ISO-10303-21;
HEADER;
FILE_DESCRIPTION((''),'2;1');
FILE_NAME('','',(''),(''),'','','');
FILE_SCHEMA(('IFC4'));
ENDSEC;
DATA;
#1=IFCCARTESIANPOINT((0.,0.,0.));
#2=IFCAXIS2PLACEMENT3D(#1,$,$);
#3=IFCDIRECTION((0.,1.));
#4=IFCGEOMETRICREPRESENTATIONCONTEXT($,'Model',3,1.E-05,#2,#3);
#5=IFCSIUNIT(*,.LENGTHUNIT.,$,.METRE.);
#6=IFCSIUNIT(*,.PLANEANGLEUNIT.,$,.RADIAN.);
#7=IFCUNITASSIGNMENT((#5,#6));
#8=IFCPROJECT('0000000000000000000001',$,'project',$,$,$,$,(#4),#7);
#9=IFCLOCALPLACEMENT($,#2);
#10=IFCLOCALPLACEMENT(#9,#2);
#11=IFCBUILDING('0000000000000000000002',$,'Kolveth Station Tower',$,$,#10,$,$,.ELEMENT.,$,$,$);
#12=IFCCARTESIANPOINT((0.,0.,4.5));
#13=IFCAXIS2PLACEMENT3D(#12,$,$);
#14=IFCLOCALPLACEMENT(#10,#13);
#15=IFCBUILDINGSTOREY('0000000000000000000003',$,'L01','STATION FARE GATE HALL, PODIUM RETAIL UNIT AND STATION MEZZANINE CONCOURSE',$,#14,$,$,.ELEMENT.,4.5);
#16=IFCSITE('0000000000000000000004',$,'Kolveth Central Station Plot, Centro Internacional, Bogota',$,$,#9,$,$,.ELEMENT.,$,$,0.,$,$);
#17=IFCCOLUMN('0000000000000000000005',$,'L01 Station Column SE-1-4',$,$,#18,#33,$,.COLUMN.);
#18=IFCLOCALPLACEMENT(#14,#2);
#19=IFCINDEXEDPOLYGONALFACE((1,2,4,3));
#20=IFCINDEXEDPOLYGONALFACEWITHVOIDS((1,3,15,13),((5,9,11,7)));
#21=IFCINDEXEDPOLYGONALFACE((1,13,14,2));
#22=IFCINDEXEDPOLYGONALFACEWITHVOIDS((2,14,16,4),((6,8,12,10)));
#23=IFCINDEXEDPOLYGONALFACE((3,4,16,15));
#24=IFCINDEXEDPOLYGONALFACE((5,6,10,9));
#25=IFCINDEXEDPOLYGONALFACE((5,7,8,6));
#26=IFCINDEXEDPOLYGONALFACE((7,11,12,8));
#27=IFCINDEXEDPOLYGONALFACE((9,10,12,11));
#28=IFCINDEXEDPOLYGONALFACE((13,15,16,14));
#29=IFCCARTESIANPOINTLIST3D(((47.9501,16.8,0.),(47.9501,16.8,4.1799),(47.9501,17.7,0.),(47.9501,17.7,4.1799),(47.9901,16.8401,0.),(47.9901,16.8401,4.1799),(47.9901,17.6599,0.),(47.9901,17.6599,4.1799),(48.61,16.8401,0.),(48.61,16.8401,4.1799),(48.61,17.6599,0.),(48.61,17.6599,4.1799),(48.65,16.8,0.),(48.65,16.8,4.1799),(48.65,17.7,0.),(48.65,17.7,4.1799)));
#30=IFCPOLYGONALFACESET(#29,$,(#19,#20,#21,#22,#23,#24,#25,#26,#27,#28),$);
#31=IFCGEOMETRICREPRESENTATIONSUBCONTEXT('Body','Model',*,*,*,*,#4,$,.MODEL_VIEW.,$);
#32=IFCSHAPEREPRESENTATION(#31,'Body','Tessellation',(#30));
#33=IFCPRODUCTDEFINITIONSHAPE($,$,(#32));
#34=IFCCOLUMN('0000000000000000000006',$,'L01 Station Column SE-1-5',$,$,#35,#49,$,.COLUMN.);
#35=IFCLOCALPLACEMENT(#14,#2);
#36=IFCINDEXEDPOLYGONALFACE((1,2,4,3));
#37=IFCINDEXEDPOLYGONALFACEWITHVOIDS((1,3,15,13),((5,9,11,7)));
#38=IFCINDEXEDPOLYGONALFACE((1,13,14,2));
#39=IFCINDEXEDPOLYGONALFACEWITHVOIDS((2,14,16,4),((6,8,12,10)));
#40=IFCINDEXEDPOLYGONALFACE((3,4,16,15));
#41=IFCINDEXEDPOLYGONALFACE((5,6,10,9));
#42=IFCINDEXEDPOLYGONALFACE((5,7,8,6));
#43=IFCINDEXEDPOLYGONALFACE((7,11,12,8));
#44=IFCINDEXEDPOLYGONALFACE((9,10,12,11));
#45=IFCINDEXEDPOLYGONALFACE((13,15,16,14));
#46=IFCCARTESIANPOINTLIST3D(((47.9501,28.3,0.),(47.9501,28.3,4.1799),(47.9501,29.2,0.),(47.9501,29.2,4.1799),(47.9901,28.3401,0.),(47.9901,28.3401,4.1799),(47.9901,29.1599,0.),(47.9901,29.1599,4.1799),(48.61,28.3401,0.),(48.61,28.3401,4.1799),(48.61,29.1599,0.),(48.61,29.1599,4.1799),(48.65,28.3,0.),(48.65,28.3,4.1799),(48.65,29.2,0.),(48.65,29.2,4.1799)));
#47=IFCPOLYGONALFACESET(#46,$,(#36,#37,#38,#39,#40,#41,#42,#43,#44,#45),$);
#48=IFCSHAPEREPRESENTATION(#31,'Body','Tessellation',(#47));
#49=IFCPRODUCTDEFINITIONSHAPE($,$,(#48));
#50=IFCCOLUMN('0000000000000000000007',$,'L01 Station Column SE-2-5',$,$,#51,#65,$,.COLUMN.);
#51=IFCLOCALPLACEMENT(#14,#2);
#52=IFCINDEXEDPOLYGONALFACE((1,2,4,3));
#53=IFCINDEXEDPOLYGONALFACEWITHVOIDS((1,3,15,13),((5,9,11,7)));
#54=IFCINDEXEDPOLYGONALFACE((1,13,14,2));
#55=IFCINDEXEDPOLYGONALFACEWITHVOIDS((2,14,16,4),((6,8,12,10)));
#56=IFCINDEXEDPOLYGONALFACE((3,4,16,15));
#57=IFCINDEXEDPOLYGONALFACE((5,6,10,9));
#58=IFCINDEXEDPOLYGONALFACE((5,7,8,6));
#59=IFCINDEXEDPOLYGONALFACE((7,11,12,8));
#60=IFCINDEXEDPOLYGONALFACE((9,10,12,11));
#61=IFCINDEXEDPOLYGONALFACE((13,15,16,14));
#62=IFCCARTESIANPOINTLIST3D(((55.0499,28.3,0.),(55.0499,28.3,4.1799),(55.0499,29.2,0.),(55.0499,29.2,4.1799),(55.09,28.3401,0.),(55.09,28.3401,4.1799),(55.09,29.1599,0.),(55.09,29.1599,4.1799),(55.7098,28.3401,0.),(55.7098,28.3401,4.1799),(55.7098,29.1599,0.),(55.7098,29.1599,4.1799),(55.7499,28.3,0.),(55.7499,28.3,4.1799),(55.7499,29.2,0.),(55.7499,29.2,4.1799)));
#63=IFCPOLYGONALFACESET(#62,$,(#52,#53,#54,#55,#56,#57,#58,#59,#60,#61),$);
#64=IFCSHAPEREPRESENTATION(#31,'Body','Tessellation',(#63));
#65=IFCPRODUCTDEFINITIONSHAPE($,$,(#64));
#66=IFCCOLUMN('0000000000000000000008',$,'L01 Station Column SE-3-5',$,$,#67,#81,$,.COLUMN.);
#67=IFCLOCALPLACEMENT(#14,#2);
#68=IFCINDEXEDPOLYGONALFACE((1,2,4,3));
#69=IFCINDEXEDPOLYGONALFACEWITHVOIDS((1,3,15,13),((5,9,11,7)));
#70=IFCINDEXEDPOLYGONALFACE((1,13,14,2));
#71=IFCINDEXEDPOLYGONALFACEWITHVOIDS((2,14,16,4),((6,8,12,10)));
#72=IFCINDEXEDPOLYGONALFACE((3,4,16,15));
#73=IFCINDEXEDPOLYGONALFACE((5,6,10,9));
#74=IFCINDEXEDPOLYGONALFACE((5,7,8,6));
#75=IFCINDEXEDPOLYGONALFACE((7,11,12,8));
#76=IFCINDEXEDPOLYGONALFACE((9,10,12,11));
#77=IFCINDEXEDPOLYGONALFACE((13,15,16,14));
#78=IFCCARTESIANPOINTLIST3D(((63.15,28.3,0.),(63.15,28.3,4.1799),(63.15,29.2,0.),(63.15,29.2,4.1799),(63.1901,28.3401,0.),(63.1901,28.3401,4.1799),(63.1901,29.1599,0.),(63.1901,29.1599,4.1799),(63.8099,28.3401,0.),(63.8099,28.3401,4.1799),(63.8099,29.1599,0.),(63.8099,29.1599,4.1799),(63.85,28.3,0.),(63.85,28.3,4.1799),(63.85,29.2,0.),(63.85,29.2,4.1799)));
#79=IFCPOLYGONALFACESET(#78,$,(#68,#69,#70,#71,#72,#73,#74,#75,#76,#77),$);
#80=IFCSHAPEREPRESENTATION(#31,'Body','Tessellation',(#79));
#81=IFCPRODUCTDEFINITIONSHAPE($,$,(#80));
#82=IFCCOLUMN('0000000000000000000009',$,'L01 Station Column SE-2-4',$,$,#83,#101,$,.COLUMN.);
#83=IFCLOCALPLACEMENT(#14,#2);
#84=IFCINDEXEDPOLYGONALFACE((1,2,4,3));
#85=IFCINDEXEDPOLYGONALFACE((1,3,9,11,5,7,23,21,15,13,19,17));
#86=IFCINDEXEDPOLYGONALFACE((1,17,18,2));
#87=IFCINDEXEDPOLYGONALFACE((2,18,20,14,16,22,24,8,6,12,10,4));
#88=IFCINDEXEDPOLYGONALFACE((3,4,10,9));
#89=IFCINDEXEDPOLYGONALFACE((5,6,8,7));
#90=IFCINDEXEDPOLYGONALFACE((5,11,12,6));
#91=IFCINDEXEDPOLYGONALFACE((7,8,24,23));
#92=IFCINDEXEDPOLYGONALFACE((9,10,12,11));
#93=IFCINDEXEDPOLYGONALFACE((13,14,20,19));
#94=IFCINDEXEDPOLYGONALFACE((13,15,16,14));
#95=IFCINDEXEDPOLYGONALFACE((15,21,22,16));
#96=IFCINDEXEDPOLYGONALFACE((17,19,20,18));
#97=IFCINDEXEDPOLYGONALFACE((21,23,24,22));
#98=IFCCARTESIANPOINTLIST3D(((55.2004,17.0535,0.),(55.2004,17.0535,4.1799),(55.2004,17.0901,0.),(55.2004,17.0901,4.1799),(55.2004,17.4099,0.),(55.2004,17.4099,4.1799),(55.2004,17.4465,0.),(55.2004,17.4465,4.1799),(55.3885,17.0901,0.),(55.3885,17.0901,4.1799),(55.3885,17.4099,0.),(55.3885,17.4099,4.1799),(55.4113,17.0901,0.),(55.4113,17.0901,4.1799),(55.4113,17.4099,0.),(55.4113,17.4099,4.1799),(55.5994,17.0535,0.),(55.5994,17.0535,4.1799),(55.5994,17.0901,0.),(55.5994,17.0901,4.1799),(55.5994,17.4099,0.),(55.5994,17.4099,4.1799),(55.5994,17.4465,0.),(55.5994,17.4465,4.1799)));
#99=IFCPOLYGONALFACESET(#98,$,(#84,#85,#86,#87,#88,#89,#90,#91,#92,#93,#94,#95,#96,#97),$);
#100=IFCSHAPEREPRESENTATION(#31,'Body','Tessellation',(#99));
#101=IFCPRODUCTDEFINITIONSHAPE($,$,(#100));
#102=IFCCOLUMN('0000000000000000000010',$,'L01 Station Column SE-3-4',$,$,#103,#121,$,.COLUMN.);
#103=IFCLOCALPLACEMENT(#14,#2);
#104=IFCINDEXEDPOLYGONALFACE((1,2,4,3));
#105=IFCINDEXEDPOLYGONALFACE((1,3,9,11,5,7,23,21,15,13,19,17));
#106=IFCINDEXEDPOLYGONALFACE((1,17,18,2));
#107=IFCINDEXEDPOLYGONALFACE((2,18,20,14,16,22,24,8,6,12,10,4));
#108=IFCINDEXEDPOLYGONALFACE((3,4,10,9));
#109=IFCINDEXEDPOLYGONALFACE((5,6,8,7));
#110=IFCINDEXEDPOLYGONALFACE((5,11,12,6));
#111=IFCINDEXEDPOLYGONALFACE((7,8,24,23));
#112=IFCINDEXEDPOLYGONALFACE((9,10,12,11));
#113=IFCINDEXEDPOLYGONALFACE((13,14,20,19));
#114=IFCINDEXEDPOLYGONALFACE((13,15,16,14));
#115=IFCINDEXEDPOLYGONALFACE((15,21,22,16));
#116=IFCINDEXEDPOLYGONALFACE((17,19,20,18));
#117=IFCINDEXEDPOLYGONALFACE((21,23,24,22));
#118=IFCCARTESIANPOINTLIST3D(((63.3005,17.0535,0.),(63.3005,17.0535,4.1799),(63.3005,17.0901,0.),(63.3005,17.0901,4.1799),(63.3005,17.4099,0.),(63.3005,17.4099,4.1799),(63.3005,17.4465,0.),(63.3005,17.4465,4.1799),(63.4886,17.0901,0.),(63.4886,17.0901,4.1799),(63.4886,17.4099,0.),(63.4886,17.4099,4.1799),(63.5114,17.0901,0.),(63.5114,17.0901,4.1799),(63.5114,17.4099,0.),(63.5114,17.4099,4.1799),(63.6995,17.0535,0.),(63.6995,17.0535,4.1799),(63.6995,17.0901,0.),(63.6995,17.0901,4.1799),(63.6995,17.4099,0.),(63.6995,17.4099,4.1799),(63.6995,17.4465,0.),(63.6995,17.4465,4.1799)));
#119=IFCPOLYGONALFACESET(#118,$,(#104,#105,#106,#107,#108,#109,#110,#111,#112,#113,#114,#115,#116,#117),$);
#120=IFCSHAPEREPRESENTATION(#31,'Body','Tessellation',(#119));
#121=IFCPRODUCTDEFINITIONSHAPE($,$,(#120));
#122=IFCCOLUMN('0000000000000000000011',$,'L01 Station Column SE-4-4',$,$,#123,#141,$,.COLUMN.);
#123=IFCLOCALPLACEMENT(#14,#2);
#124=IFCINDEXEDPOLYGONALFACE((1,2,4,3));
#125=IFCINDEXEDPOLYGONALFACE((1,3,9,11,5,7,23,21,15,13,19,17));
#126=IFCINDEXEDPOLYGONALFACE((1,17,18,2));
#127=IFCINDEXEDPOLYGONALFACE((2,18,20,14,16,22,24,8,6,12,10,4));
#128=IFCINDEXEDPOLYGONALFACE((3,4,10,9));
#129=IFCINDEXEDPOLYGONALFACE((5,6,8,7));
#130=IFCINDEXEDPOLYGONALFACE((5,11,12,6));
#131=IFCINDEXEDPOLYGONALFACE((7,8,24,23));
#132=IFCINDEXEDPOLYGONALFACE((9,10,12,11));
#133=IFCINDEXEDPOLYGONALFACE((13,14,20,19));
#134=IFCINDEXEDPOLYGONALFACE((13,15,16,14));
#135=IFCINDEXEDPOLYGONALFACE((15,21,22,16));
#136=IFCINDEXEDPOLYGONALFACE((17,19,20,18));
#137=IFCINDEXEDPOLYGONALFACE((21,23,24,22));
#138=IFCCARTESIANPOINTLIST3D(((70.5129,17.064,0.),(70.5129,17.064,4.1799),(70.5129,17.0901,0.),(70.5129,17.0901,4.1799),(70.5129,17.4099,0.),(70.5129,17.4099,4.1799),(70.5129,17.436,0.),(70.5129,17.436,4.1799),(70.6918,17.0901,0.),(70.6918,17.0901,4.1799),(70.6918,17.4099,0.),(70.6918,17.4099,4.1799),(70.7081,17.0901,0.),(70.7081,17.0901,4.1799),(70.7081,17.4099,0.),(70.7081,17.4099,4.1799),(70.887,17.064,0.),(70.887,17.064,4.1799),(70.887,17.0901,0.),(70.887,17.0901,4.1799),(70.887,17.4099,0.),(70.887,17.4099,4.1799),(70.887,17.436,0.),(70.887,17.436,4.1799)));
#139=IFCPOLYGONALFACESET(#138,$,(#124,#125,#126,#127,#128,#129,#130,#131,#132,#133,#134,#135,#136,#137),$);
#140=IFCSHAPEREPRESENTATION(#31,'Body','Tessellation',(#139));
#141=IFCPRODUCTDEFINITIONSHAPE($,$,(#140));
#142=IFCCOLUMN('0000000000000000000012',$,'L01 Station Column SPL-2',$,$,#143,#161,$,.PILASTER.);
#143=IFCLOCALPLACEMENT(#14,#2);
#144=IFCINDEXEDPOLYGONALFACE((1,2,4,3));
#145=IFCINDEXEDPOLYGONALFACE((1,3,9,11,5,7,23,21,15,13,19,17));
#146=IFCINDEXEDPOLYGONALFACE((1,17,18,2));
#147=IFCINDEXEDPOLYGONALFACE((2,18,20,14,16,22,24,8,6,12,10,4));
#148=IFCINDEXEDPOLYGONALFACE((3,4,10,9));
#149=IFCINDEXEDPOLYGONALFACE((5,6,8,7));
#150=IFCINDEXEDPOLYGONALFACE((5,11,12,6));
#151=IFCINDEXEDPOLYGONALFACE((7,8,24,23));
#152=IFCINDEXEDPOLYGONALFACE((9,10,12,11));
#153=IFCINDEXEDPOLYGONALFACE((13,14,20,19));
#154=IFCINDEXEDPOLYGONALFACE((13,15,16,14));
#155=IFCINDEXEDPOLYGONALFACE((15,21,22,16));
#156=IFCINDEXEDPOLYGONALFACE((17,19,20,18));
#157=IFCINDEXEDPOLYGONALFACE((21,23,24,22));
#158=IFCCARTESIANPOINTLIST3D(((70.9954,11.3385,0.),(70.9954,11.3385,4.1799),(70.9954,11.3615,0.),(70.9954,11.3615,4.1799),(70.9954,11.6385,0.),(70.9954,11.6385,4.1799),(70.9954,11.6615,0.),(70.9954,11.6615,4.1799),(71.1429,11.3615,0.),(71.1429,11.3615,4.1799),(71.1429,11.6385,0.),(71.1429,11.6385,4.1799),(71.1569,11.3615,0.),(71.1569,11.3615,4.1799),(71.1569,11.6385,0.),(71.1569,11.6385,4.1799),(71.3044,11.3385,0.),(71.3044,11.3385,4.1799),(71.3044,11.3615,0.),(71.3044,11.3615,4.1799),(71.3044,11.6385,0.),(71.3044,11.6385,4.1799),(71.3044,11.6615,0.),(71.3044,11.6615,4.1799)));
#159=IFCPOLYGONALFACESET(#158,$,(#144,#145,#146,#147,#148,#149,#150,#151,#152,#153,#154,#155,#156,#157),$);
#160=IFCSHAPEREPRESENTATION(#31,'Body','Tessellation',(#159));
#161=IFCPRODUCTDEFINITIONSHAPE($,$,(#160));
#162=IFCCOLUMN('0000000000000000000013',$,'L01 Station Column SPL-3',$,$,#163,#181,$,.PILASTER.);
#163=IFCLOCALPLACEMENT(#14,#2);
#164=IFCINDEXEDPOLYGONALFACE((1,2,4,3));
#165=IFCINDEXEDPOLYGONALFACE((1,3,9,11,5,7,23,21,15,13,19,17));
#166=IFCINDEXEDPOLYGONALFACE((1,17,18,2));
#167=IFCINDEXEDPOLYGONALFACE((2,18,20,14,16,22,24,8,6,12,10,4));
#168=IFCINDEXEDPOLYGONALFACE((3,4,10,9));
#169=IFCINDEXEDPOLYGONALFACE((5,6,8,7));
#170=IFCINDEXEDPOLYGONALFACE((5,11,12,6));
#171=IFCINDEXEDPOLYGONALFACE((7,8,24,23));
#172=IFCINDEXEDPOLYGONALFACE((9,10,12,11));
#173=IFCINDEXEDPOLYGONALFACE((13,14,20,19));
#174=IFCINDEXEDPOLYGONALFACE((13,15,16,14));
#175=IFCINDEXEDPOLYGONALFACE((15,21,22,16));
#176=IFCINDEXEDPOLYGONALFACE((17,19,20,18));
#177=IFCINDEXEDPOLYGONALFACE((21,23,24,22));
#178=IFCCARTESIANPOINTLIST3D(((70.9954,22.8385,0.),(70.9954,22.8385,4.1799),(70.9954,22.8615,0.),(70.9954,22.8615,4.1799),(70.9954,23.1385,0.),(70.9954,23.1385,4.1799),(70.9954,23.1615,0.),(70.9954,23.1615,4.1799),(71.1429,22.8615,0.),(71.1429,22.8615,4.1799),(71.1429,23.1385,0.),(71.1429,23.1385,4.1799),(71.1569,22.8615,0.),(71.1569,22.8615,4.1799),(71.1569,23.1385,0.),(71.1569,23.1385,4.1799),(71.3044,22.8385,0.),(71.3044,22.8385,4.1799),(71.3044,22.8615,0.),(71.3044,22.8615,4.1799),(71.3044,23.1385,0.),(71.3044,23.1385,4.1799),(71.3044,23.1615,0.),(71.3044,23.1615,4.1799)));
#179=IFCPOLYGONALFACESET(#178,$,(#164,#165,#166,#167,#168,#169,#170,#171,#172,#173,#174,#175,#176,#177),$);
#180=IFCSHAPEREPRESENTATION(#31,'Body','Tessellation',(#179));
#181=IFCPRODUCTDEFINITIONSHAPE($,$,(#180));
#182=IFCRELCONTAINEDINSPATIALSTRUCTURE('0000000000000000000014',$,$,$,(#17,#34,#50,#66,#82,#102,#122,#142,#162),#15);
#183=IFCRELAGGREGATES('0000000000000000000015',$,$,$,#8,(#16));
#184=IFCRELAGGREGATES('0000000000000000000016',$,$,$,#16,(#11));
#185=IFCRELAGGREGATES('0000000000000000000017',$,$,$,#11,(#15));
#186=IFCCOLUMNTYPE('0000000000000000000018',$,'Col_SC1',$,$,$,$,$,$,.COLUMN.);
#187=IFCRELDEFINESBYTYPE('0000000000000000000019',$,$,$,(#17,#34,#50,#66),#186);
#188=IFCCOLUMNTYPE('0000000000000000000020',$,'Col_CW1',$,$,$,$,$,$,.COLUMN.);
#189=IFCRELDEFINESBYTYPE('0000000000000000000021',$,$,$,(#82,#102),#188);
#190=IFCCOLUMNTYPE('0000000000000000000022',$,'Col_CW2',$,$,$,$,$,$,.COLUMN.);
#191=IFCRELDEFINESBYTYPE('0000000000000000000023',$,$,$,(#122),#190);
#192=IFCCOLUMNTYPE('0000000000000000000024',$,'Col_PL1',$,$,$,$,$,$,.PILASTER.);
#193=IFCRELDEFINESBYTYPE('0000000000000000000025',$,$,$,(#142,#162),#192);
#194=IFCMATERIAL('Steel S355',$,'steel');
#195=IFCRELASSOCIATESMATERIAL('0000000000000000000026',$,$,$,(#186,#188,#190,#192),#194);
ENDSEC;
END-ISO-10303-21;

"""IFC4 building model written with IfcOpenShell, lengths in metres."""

from ifc_helpers import new_model, si_unit, direction, frame, origin, origin_2d, place, context, subcontext, project, spatial, hollow_rectangle, i_section, extrude, source, transform, mapped, material, material_profile, profile_set, type_object, element, save


model = new_model("IFC4")

# Units and contexts
model_context = context("Model", 3, precision=1e-05, world=origin(), true_north=direction((0.0, 1.0)))
body_context = subcontext(model_context, "Body", "Model", "MODEL_VIEW")
ifc_project = project(units=[si_unit("LENGTHUNIT", "METRE"), si_unit("PLANEANGLEUNIT", "RADIAN")], contexts=[model_context])

# Site, building, storey
site_placement = place(None, origin())
site = spatial("IfcSite", under=ifc_project, at=site_placement, Name="Kolveth Central Station Plot, Centro Internacional, Bogota", CompositionType="ELEMENT", RefElevation=0.0)
building_placement = place(site_placement, origin())
building = spatial("IfcBuilding", under=site, at=building_placement, Name="Kolveth Station Tower", CompositionType="ELEMENT")
storey_placement = place(building_placement, frame((0.0, 0.0, 4.5)))
storey = spatial("IfcBuildingStorey", under=building, at=storey_placement, Name="L01", Description="STATION FARE GATE HALL, PODIUM RETAIL UNIT AND STATION MEZZANINE CONCOURSE", CompositionType="ELEMENT", Elevation=4.5)

# Columns
ifc_material_1 = material(Name="Steel S355", Category="steel")
ifc_material_profile_1 = material_profile(ifc_material_1, hollow_rectangle(XDim=0.7, YDim=0.8999, WallThickness=0.04, at=origin_2d()), Name="BOX900x700x40")
ifc_profile_set_1 = profile_set([ifc_material_profile_1], Name="Steel S355")
column_type_1 = type_object("IfcColumnType", Name="Col_SC1", PredefinedType="COLUMN", material=ifc_profile_set_1)
shared_shape_1 = source(origin(), body_context, "Body", "SweptSolid", [
    extrude(hollow_rectangle(XDim=0.7, YDim=0.8999, WallThickness=0.04, at=origin_2d()), origin(), (0.0, 0.0, 1.0), 4.1799),
])
for number, where, z_axis, x_axis, name in (
    (1, (48.3, 17.25, 0.0), (0.0, 0.0, 1.0), (1.0, 0.0, 0.0), "L01 Station Column SE-1-4"),
    (2, (48.3, 28.75, 0.0), (0.0, 0.0, 1.0), (1.0, 0.0, 0.0), "L01 Station Column SE-1-5"),
    (3, (55.3999, 28.75, 0.0), (0.0, 0.0, 1.0), (1.0, 0.0, 0.0), "L01 Station Column SE-2-5"),
    (4, (63.5, 28.75, 0.0), (0.0, 0.0, 1.0), (1.0, 0.0, 0.0), "L01 Station Column SE-3-5"),
):
    element("IfcColumn", number, at=place(storey_placement, frame(where, z_axis=z_axis, x_axis=x_axis)), inside=storey, type_object=column_type_1, Name=name, PredefinedType="COLUMN", context=body_context, shape_type="MappedRepresentation", body=[
        mapped(shared_shape_1, transform((0.0, 0.0, 0.0), x_axis=(1.0, 0.0, 0.0), y_axis=(0.0, 1.0, 0.0), z_axis=(0.0, 0.0, 1.0), scale=1.0)),
    ])
ifc_material_profile_2 = material_profile(ifc_material_1, i_section(OverallWidth=0.3989, OverallDepth=0.3931, WebThickness=0.0227, FlangeThickness=0.0366, at=origin_2d()), Name="W360x287")
ifc_profile_set_2 = profile_set([ifc_material_profile_2], Name="Steel S355")
column_type_2 = type_object("IfcColumnType", Name="Col_CW1", PredefinedType="COLUMN", material=ifc_profile_set_2)
shared_shape_2 = source(origin(), body_context, "Body", "SweptSolid", [
    extrude(i_section(OverallWidth=0.3989, OverallDepth=0.3931, WebThickness=0.0227, FlangeThickness=0.0366, at=origin_2d()), origin(), (0.0, 0.0, 1.0), 4.1799),
])
for number, where, z_axis, x_axis, name in (
    (5, (55.3999, 17.25, 0.0), (0.0, 0.0, 1.0), (1.0, 0.0, 0.0), "L01 Station Column SE-2-4"),
    (6, (63.5, 17.25, 0.0), (0.0, 0.0, 1.0), (1.0, 0.0, 0.0), "L01 Station Column SE-3-4"),
):
    element("IfcColumn", number, at=place(storey_placement, frame(where, z_axis=z_axis, x_axis=x_axis)), inside=storey, type_object=column_type_2, Name=name, PredefinedType="COLUMN", context=body_context, shape_type="MappedRepresentation", body=[
        mapped(shared_shape_2, transform((0.0, 0.0, 0.0), x_axis=(1.0, 0.0, 0.0), y_axis=(0.0, 1.0, 0.0), z_axis=(0.0, 0.0, 1.0), scale=1.0)),
    ])
ifc_material_profile_3 = material_profile(ifc_material_1, i_section(OverallWidth=0.374, OverallDepth=0.3721, WebThickness=0.0164, FlangeThickness=0.0261, at=origin_2d()), Name="W360x196")
ifc_profile_set_3 = profile_set([ifc_material_profile_3], Name="Steel S355")
column_type_3 = type_object("IfcColumnType", Name="Col_CW2", PredefinedType="COLUMN", material=ifc_profile_set_3)
shared_shape_3 = source(origin(), body_context, "Body", "SweptSolid", [
    extrude(i_section(OverallWidth=0.374, OverallDepth=0.3721, WebThickness=0.0164, FlangeThickness=0.0261, at=origin_2d()), origin(), (0.0, 0.0, 1.0), 4.1799),
])
column_placement = place(storey_placement, frame((70.7, 17.25, 0.0), z_axis=(0.0, 0.0, 1.0), x_axis=(1.0, 0.0, 0.0)))
element("IfcColumn", 7, at=column_placement, inside=storey, type_object=column_type_3, Name="L01 Station Column SE-4-4", PredefinedType="COLUMN", context=body_context, shape_type="MappedRepresentation", body=[
    mapped(shared_shape_3, transform((0.0, 0.0, 0.0), x_axis=(1.0, 0.0, 0.0), y_axis=(0.0, 1.0, 0.0), z_axis=(0.0, 0.0, 1.0), scale=1.0)),
])
ifc_material_profile_4 = material_profile(ifc_material_1, i_section(OverallWidth=0.3091, OverallDepth=0.323, WebThickness=0.0139, FlangeThickness=0.0229, at=origin_2d()), Name="W310x143")
ifc_profile_set_4 = profile_set([ifc_material_profile_4], Name="Steel S355")
column_type_4 = type_object("IfcColumnType", Name="Col_PL1", PredefinedType="PILASTER", material=ifc_profile_set_4)
shared_shape_4 = source(origin(), body_context, "Body", "SweptSolid", [
    extrude(i_section(OverallWidth=0.3091, OverallDepth=0.323, WebThickness=0.0139, FlangeThickness=0.0229, at=origin_2d()), origin(), (0.0, 0.0, 1.0), 4.1799),
])
for number, where, z_axis, x_axis, name in (
    (8, (71.1499, 11.5, 0.0), (0.0, 0.0, 1.0), (1.0, 0.0, 0.0), "L01 Station Column SPL-2"),
    (9, (71.1499, 23.0, 0.0), (0.0, 0.0, 1.0), (1.0, 0.0, 0.0), "L01 Station Column SPL-3"),
):
    element("IfcColumn", number, at=place(storey_placement, frame(where, z_axis=z_axis, x_axis=x_axis)), inside=storey, type_object=column_type_4, Name=name, PredefinedType="PILASTER", context=body_context, shape_type="MappedRepresentation", body=[
        mapped(shared_shape_4, transform((0.0, 0.0, 0.0), x_axis=(1.0, 0.0, 0.0), y_axis=(0.0, 1.0, 0.0), z_axis=(0.0, 0.0, 1.0), scale=1.0)),
    ])

save(model, "model.ifc")
